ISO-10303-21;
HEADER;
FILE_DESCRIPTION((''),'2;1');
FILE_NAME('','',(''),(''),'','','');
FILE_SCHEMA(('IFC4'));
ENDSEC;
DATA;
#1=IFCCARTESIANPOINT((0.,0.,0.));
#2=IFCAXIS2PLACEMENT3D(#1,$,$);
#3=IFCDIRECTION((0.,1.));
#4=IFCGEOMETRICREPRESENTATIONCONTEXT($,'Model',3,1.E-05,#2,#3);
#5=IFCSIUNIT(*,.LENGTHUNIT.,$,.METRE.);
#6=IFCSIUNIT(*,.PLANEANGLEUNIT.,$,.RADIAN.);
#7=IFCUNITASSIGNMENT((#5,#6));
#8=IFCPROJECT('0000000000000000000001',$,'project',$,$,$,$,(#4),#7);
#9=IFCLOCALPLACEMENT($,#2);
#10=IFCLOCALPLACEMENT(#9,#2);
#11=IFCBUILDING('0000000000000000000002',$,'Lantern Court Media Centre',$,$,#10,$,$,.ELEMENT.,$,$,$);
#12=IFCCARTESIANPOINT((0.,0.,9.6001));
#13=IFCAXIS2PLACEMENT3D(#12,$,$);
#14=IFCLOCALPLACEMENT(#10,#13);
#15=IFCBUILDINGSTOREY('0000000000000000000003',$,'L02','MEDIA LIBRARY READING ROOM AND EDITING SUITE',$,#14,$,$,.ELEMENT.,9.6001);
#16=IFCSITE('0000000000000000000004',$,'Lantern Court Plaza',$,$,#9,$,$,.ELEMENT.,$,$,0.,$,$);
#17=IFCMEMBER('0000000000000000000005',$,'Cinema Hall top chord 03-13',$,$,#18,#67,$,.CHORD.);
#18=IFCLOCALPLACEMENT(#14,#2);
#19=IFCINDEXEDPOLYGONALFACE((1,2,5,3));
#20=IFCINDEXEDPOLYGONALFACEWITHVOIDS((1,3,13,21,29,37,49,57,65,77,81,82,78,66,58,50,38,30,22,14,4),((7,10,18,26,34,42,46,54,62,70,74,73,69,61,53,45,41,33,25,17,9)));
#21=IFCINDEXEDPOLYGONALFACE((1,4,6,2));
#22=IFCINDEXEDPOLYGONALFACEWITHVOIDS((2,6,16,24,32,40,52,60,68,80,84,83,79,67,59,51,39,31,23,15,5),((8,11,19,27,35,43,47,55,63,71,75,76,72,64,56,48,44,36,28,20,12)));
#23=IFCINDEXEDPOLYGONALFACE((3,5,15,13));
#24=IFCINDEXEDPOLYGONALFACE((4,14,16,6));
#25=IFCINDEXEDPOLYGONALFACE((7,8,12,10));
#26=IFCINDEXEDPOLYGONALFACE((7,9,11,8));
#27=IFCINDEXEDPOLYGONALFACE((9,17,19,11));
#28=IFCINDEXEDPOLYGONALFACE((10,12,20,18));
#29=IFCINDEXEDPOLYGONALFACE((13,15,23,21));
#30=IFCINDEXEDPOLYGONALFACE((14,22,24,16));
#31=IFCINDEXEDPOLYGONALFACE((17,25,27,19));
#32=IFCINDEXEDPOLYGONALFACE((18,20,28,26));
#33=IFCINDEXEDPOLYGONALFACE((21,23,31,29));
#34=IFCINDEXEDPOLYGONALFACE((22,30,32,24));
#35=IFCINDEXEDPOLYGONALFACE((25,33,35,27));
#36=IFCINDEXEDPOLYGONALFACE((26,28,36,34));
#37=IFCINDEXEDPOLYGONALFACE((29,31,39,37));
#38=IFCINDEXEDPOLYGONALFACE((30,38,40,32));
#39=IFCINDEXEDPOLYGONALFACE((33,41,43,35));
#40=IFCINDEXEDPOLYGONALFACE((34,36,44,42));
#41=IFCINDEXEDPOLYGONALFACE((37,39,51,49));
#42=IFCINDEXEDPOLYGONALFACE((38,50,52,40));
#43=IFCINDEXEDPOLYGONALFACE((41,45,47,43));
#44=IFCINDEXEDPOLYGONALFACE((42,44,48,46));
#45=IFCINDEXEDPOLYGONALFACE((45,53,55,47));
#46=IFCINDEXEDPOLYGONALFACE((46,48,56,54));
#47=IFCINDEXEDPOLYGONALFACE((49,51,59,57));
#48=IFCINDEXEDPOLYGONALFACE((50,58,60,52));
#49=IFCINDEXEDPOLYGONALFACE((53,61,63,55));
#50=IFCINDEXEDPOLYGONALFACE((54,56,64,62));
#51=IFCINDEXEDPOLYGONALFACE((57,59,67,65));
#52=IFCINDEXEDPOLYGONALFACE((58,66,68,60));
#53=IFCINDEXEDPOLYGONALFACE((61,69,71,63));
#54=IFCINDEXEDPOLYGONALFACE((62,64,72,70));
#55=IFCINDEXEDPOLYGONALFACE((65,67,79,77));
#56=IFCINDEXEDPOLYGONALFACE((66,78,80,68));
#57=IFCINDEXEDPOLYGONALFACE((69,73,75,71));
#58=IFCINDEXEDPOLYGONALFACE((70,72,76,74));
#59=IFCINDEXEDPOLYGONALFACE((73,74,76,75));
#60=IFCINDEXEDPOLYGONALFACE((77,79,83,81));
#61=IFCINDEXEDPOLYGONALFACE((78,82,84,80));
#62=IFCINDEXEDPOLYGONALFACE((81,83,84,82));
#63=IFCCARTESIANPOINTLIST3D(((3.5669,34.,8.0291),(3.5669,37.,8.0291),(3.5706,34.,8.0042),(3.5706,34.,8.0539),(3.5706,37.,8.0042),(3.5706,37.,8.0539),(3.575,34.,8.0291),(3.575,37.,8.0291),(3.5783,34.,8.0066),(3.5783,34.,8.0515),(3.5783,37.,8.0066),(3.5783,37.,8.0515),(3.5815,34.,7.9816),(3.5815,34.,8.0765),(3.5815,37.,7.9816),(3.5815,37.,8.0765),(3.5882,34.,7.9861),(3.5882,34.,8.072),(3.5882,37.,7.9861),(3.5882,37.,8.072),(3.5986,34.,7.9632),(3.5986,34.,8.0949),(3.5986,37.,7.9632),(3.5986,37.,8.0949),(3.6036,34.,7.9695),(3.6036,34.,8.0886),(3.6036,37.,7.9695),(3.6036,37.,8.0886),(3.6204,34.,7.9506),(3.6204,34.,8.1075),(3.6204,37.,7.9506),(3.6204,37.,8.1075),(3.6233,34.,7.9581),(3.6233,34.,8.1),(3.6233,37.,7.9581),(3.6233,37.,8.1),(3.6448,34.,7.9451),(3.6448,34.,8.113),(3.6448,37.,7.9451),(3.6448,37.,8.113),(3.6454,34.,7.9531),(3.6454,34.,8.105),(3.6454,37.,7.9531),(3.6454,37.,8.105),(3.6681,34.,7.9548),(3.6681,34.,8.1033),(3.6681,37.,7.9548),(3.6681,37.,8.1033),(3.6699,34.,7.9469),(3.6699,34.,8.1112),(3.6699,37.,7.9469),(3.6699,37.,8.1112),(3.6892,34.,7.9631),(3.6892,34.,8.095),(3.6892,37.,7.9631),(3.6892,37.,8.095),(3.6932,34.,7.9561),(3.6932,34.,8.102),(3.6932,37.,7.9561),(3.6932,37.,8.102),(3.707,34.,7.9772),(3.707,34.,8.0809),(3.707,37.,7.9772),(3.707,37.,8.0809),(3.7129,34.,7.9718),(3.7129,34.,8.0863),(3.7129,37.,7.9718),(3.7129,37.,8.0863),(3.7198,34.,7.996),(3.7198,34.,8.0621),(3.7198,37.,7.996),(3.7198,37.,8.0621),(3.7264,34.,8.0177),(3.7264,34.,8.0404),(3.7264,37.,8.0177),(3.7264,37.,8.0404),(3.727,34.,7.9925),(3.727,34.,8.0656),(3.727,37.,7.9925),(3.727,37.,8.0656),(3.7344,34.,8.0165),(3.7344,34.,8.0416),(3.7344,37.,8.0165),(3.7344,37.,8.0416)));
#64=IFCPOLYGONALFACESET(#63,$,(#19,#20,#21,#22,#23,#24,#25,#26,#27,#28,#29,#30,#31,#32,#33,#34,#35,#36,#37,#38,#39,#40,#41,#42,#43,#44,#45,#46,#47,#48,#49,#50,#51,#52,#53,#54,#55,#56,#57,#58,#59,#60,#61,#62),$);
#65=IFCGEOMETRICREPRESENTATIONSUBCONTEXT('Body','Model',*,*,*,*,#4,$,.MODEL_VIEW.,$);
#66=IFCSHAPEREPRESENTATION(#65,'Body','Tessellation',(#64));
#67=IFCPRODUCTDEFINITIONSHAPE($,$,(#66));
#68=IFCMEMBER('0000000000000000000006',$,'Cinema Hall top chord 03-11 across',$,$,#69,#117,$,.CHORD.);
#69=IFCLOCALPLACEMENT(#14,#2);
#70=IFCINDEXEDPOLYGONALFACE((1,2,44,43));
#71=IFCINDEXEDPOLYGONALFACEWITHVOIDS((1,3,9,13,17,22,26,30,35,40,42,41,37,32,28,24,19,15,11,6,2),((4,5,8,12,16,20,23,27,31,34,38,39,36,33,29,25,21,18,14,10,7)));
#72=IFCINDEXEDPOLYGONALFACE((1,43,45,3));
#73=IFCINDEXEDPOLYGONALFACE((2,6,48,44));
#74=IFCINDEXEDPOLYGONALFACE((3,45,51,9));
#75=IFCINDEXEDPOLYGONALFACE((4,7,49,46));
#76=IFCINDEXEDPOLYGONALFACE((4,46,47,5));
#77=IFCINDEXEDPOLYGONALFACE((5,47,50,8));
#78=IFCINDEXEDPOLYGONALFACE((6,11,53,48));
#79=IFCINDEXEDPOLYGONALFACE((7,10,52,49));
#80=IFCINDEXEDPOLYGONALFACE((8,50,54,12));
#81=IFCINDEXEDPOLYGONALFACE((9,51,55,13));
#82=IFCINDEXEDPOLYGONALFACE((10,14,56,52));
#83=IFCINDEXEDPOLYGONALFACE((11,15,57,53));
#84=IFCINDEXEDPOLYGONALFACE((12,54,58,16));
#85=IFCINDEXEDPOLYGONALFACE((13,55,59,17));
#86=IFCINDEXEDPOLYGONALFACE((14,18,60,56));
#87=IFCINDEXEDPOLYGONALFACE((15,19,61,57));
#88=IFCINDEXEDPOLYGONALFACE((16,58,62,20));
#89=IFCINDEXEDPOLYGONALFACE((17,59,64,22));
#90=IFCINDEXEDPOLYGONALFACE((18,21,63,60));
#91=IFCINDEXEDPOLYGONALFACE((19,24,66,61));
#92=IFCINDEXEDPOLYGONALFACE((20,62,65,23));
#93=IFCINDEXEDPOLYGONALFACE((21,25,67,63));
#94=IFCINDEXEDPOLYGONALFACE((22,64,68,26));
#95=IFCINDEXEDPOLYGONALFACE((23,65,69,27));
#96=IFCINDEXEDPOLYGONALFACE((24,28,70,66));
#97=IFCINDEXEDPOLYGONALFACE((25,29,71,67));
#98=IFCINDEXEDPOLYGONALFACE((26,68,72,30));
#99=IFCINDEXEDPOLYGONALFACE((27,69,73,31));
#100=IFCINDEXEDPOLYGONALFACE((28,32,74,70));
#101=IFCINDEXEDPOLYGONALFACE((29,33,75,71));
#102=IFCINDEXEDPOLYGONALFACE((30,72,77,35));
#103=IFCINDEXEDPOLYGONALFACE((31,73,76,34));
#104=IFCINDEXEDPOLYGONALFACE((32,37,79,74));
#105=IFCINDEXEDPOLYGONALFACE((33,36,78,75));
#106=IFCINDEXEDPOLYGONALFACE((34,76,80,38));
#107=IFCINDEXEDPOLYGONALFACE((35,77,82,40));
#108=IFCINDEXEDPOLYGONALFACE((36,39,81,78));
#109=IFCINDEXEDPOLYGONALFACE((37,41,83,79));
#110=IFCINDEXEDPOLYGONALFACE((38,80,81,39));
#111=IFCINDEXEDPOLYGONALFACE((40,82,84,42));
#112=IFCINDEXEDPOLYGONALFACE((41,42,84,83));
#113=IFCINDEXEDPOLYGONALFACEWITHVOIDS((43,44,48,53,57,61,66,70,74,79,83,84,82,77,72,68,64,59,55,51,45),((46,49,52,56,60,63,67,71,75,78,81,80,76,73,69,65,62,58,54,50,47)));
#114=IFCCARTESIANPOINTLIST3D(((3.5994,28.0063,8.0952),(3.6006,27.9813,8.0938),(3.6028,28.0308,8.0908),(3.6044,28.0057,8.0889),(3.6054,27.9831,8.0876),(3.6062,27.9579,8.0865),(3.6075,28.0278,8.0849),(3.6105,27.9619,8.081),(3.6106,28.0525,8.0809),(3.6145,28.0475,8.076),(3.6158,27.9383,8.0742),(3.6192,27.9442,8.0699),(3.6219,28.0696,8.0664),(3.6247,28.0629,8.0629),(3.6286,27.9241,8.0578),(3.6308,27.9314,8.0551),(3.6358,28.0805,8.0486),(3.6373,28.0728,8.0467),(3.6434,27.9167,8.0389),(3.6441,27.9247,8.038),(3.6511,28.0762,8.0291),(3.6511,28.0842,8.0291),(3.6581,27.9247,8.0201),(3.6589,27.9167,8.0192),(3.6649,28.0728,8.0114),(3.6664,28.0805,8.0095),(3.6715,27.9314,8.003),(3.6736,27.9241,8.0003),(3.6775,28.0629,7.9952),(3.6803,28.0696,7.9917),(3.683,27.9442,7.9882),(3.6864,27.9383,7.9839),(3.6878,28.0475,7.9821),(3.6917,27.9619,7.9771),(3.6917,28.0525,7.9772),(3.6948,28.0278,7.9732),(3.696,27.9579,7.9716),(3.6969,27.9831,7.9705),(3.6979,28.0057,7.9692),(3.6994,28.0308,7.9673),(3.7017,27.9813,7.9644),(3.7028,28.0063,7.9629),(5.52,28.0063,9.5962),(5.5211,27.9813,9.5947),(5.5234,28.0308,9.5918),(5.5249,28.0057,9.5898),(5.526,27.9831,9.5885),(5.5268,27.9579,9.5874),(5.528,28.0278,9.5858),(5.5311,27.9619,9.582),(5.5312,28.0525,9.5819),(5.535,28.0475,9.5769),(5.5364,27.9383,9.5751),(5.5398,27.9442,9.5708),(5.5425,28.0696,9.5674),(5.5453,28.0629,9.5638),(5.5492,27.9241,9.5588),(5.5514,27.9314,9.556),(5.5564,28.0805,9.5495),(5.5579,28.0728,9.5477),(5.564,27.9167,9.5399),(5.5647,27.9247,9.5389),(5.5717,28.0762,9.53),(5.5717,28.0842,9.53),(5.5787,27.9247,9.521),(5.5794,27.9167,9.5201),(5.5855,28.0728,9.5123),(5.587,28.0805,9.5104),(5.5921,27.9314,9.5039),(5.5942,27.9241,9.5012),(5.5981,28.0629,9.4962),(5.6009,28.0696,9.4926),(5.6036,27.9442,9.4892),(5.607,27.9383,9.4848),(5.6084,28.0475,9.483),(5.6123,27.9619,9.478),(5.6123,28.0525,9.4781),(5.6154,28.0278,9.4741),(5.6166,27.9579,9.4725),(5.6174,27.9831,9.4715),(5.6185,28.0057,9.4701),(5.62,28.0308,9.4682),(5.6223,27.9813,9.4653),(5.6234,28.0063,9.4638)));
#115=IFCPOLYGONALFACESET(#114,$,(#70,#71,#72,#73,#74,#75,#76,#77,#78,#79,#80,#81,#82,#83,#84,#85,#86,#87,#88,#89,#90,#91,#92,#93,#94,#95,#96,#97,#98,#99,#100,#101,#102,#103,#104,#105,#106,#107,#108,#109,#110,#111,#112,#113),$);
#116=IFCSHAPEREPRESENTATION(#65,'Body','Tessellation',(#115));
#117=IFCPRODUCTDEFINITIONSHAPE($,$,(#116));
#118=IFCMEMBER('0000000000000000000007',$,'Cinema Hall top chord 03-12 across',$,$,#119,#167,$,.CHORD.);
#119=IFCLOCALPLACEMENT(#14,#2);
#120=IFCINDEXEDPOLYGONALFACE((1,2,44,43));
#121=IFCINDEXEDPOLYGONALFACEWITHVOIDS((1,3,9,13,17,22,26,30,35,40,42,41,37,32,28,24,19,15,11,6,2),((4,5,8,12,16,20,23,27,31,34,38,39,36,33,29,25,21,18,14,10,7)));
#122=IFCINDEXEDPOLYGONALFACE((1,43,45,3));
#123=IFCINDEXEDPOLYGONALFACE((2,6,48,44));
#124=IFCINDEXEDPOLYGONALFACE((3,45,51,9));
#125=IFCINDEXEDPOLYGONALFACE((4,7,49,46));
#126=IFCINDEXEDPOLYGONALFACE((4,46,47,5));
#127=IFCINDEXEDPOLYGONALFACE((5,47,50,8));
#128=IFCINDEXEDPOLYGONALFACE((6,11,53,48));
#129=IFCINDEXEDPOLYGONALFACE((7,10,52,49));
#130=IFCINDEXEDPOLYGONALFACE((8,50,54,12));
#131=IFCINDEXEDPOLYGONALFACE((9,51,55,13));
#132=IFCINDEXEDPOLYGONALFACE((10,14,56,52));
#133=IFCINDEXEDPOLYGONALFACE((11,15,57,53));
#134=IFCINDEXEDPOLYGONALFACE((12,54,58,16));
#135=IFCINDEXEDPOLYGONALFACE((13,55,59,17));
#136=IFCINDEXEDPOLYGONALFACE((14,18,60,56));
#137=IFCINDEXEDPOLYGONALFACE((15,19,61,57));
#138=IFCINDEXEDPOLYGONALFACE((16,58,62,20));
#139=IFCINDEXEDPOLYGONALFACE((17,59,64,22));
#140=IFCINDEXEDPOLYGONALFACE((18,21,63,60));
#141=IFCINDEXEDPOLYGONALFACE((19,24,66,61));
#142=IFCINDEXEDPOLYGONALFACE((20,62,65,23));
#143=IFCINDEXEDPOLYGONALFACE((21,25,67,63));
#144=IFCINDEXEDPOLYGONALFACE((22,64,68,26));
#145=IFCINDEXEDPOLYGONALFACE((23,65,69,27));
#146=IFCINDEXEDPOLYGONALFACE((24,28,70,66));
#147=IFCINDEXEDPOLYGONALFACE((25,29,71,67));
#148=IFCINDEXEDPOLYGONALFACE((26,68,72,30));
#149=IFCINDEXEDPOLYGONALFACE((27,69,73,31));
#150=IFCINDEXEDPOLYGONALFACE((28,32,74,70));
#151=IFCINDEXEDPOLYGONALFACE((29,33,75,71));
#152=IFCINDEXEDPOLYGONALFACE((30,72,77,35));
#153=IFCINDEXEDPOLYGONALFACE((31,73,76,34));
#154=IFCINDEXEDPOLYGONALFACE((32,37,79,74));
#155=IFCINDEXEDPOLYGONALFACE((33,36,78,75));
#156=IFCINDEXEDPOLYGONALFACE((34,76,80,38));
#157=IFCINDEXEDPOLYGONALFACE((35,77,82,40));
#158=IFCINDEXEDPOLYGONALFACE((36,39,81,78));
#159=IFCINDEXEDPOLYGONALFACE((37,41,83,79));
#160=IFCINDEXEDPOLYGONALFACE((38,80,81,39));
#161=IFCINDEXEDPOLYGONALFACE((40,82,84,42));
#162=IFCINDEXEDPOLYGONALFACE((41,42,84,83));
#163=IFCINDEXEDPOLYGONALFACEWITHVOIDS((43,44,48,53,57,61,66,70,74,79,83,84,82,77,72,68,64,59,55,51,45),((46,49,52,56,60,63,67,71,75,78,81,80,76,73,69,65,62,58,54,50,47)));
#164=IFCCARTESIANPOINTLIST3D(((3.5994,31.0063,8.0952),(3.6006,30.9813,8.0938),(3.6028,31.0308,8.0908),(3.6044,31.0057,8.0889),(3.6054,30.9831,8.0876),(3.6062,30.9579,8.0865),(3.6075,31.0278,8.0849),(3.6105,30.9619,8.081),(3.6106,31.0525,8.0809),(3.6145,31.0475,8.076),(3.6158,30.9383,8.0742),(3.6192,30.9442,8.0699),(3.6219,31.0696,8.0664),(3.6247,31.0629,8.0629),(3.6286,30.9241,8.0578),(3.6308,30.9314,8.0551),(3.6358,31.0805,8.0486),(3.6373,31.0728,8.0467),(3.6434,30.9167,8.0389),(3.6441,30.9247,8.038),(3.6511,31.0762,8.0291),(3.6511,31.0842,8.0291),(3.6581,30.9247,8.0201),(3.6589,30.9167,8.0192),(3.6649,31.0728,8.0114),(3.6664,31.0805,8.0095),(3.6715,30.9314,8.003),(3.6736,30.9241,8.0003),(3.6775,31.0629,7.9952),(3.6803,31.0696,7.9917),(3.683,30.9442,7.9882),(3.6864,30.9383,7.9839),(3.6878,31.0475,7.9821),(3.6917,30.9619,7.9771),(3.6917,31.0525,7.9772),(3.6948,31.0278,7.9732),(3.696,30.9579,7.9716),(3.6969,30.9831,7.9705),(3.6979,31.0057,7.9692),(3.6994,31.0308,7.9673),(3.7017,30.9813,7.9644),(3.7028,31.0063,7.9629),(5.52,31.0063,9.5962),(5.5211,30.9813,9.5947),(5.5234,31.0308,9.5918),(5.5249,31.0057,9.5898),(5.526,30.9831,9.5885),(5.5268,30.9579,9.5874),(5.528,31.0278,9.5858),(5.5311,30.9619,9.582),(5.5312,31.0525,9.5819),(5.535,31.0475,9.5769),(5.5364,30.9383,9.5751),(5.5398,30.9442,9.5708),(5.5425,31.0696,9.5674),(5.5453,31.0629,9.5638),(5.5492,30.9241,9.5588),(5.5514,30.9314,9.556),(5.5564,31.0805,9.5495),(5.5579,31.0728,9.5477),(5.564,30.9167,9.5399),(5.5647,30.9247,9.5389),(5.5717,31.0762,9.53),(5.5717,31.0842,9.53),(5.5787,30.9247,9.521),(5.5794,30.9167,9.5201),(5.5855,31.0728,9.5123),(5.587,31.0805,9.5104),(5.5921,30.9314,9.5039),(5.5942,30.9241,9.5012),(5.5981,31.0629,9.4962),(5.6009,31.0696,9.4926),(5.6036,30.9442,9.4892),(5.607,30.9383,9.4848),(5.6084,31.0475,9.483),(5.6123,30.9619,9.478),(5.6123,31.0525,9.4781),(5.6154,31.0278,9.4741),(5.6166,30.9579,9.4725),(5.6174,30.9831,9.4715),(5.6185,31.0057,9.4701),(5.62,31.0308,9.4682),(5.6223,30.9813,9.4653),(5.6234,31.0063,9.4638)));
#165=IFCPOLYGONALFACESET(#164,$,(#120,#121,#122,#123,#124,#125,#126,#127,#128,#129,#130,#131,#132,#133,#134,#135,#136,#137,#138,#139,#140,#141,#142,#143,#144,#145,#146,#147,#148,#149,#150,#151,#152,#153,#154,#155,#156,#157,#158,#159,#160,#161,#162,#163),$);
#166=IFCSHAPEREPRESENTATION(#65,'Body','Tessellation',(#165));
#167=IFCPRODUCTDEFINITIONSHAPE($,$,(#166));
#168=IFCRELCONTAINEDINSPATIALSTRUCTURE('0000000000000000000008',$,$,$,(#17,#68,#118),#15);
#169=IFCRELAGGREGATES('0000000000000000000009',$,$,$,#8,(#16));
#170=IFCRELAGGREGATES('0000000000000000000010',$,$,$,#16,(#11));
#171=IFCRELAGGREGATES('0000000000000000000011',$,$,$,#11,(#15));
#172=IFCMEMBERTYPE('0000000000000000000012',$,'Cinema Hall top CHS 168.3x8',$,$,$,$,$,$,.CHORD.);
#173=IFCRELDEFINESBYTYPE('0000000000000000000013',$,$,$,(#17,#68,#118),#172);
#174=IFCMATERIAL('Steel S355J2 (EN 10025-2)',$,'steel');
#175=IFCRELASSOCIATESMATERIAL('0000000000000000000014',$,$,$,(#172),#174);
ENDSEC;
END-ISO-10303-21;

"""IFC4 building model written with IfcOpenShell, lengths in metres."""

from ifc_helpers import new_model, si_unit, direction, frame, origin, origin_2d, place, context, subcontext, project, spatial, hollow_circle, extrude, material, material_profile, profile_set, type_object, element, save


model = new_model("IFC4")

# Units and contexts
model_context = context("Model", 3, precision=1e-05, world=origin(), true_north=direction((0.0, 1.0)))
body_context = subcontext(model_context, "Body", "Model", "MODEL_VIEW")
ifc_project = project(units=[si_unit("LENGTHUNIT", "METRE"), si_unit("PLANEANGLEUNIT", "RADIAN")], contexts=[model_context])

# Site, building, storey
site_placement = place(None, origin())
site = spatial("IfcSite", under=ifc_project, at=site_placement, Name="Lantern Court Plaza", CompositionType="ELEMENT", RefElevation=0.0)
building_placement = place(site_placement, origin())
building = spatial("IfcBuilding", under=site, at=building_placement, Name="Lantern Court Media Centre", CompositionType="ELEMENT")
storey_placement = place(building_placement, frame((0.0, 0.0, 9.6001)))
storey = spatial("IfcBuildingStorey", under=building, at=storey_placement, Name="L02", Description="MEDIA LIBRARY READING ROOM AND EDITING SUITE", CompositionType="ELEMENT", Elevation=9.6001)

# Members
ifc_material = material(Name="Steel S355J2 (EN 10025-2)", Category="steel")
ifc_material_profile_1 = material_profile(ifc_material, hollow_circle(Radius=0.0842, WallThickness=0.0081, at=origin_2d()), Name="Cinema Hall top CHS 168.3x8")
ifc_profile_set_1 = profile_set([ifc_material_profile_1], Name="Steel S355J2 (EN 10025-2)")
member_type_1 = type_object("IfcMemberType", Name="Cinema Hall top CHS 168.3x8", PredefinedType="CHORD", material=ifc_profile_set_1)
for number, where, z_axis, x_axis, name in (
    (1, (3.6511, 34.0, 8.0291), (0.0, 1.0, 0.0), (-1.0, 0.0, 0.0), "Cinema Hall top chord 03-13"),
):
    element("IfcMember", number, at=place(storey_placement, frame(where, z_axis=z_axis, x_axis=x_axis)), inside=storey, type_object=member_type_1, Name=name, PredefinedType="CHORD", context=body_context, shape_type="SweptSolid", body=[
        extrude(hollow_circle(Radius=0.0842, WallThickness=0.0081, at=origin_2d()), origin(), (0.0, 0.0, 1.0), 3.0),
    ])
for number, where, z_axis, x_axis, name in (
    (2, (3.6511, 28.0, 8.0291), (0.787932, 0.0, 0.615763), (0.0, 1.0, 0.0), "Cinema Hall top chord 03-11 across"),
    (3, (3.6511, 31.0, 8.0291), (0.787932, 0.0, 0.615763), (0.0, 1.0, 0.0), "Cinema Hall top chord 03-12 across"),
):
    element("IfcMember", number, at=place(storey_placement, frame(where, z_axis=z_axis, x_axis=x_axis)), inside=storey, type_object=member_type_1, Name=name, PredefinedType="CHORD", context=body_context, shape_type="SweptSolid", body=[
        extrude(hollow_circle(Radius=0.0842, WallThickness=0.0081, at=origin_2d()), origin(), (0.0, 0.0, 1.0), 2.4375),
    ])

save(model, "model.ifc")
